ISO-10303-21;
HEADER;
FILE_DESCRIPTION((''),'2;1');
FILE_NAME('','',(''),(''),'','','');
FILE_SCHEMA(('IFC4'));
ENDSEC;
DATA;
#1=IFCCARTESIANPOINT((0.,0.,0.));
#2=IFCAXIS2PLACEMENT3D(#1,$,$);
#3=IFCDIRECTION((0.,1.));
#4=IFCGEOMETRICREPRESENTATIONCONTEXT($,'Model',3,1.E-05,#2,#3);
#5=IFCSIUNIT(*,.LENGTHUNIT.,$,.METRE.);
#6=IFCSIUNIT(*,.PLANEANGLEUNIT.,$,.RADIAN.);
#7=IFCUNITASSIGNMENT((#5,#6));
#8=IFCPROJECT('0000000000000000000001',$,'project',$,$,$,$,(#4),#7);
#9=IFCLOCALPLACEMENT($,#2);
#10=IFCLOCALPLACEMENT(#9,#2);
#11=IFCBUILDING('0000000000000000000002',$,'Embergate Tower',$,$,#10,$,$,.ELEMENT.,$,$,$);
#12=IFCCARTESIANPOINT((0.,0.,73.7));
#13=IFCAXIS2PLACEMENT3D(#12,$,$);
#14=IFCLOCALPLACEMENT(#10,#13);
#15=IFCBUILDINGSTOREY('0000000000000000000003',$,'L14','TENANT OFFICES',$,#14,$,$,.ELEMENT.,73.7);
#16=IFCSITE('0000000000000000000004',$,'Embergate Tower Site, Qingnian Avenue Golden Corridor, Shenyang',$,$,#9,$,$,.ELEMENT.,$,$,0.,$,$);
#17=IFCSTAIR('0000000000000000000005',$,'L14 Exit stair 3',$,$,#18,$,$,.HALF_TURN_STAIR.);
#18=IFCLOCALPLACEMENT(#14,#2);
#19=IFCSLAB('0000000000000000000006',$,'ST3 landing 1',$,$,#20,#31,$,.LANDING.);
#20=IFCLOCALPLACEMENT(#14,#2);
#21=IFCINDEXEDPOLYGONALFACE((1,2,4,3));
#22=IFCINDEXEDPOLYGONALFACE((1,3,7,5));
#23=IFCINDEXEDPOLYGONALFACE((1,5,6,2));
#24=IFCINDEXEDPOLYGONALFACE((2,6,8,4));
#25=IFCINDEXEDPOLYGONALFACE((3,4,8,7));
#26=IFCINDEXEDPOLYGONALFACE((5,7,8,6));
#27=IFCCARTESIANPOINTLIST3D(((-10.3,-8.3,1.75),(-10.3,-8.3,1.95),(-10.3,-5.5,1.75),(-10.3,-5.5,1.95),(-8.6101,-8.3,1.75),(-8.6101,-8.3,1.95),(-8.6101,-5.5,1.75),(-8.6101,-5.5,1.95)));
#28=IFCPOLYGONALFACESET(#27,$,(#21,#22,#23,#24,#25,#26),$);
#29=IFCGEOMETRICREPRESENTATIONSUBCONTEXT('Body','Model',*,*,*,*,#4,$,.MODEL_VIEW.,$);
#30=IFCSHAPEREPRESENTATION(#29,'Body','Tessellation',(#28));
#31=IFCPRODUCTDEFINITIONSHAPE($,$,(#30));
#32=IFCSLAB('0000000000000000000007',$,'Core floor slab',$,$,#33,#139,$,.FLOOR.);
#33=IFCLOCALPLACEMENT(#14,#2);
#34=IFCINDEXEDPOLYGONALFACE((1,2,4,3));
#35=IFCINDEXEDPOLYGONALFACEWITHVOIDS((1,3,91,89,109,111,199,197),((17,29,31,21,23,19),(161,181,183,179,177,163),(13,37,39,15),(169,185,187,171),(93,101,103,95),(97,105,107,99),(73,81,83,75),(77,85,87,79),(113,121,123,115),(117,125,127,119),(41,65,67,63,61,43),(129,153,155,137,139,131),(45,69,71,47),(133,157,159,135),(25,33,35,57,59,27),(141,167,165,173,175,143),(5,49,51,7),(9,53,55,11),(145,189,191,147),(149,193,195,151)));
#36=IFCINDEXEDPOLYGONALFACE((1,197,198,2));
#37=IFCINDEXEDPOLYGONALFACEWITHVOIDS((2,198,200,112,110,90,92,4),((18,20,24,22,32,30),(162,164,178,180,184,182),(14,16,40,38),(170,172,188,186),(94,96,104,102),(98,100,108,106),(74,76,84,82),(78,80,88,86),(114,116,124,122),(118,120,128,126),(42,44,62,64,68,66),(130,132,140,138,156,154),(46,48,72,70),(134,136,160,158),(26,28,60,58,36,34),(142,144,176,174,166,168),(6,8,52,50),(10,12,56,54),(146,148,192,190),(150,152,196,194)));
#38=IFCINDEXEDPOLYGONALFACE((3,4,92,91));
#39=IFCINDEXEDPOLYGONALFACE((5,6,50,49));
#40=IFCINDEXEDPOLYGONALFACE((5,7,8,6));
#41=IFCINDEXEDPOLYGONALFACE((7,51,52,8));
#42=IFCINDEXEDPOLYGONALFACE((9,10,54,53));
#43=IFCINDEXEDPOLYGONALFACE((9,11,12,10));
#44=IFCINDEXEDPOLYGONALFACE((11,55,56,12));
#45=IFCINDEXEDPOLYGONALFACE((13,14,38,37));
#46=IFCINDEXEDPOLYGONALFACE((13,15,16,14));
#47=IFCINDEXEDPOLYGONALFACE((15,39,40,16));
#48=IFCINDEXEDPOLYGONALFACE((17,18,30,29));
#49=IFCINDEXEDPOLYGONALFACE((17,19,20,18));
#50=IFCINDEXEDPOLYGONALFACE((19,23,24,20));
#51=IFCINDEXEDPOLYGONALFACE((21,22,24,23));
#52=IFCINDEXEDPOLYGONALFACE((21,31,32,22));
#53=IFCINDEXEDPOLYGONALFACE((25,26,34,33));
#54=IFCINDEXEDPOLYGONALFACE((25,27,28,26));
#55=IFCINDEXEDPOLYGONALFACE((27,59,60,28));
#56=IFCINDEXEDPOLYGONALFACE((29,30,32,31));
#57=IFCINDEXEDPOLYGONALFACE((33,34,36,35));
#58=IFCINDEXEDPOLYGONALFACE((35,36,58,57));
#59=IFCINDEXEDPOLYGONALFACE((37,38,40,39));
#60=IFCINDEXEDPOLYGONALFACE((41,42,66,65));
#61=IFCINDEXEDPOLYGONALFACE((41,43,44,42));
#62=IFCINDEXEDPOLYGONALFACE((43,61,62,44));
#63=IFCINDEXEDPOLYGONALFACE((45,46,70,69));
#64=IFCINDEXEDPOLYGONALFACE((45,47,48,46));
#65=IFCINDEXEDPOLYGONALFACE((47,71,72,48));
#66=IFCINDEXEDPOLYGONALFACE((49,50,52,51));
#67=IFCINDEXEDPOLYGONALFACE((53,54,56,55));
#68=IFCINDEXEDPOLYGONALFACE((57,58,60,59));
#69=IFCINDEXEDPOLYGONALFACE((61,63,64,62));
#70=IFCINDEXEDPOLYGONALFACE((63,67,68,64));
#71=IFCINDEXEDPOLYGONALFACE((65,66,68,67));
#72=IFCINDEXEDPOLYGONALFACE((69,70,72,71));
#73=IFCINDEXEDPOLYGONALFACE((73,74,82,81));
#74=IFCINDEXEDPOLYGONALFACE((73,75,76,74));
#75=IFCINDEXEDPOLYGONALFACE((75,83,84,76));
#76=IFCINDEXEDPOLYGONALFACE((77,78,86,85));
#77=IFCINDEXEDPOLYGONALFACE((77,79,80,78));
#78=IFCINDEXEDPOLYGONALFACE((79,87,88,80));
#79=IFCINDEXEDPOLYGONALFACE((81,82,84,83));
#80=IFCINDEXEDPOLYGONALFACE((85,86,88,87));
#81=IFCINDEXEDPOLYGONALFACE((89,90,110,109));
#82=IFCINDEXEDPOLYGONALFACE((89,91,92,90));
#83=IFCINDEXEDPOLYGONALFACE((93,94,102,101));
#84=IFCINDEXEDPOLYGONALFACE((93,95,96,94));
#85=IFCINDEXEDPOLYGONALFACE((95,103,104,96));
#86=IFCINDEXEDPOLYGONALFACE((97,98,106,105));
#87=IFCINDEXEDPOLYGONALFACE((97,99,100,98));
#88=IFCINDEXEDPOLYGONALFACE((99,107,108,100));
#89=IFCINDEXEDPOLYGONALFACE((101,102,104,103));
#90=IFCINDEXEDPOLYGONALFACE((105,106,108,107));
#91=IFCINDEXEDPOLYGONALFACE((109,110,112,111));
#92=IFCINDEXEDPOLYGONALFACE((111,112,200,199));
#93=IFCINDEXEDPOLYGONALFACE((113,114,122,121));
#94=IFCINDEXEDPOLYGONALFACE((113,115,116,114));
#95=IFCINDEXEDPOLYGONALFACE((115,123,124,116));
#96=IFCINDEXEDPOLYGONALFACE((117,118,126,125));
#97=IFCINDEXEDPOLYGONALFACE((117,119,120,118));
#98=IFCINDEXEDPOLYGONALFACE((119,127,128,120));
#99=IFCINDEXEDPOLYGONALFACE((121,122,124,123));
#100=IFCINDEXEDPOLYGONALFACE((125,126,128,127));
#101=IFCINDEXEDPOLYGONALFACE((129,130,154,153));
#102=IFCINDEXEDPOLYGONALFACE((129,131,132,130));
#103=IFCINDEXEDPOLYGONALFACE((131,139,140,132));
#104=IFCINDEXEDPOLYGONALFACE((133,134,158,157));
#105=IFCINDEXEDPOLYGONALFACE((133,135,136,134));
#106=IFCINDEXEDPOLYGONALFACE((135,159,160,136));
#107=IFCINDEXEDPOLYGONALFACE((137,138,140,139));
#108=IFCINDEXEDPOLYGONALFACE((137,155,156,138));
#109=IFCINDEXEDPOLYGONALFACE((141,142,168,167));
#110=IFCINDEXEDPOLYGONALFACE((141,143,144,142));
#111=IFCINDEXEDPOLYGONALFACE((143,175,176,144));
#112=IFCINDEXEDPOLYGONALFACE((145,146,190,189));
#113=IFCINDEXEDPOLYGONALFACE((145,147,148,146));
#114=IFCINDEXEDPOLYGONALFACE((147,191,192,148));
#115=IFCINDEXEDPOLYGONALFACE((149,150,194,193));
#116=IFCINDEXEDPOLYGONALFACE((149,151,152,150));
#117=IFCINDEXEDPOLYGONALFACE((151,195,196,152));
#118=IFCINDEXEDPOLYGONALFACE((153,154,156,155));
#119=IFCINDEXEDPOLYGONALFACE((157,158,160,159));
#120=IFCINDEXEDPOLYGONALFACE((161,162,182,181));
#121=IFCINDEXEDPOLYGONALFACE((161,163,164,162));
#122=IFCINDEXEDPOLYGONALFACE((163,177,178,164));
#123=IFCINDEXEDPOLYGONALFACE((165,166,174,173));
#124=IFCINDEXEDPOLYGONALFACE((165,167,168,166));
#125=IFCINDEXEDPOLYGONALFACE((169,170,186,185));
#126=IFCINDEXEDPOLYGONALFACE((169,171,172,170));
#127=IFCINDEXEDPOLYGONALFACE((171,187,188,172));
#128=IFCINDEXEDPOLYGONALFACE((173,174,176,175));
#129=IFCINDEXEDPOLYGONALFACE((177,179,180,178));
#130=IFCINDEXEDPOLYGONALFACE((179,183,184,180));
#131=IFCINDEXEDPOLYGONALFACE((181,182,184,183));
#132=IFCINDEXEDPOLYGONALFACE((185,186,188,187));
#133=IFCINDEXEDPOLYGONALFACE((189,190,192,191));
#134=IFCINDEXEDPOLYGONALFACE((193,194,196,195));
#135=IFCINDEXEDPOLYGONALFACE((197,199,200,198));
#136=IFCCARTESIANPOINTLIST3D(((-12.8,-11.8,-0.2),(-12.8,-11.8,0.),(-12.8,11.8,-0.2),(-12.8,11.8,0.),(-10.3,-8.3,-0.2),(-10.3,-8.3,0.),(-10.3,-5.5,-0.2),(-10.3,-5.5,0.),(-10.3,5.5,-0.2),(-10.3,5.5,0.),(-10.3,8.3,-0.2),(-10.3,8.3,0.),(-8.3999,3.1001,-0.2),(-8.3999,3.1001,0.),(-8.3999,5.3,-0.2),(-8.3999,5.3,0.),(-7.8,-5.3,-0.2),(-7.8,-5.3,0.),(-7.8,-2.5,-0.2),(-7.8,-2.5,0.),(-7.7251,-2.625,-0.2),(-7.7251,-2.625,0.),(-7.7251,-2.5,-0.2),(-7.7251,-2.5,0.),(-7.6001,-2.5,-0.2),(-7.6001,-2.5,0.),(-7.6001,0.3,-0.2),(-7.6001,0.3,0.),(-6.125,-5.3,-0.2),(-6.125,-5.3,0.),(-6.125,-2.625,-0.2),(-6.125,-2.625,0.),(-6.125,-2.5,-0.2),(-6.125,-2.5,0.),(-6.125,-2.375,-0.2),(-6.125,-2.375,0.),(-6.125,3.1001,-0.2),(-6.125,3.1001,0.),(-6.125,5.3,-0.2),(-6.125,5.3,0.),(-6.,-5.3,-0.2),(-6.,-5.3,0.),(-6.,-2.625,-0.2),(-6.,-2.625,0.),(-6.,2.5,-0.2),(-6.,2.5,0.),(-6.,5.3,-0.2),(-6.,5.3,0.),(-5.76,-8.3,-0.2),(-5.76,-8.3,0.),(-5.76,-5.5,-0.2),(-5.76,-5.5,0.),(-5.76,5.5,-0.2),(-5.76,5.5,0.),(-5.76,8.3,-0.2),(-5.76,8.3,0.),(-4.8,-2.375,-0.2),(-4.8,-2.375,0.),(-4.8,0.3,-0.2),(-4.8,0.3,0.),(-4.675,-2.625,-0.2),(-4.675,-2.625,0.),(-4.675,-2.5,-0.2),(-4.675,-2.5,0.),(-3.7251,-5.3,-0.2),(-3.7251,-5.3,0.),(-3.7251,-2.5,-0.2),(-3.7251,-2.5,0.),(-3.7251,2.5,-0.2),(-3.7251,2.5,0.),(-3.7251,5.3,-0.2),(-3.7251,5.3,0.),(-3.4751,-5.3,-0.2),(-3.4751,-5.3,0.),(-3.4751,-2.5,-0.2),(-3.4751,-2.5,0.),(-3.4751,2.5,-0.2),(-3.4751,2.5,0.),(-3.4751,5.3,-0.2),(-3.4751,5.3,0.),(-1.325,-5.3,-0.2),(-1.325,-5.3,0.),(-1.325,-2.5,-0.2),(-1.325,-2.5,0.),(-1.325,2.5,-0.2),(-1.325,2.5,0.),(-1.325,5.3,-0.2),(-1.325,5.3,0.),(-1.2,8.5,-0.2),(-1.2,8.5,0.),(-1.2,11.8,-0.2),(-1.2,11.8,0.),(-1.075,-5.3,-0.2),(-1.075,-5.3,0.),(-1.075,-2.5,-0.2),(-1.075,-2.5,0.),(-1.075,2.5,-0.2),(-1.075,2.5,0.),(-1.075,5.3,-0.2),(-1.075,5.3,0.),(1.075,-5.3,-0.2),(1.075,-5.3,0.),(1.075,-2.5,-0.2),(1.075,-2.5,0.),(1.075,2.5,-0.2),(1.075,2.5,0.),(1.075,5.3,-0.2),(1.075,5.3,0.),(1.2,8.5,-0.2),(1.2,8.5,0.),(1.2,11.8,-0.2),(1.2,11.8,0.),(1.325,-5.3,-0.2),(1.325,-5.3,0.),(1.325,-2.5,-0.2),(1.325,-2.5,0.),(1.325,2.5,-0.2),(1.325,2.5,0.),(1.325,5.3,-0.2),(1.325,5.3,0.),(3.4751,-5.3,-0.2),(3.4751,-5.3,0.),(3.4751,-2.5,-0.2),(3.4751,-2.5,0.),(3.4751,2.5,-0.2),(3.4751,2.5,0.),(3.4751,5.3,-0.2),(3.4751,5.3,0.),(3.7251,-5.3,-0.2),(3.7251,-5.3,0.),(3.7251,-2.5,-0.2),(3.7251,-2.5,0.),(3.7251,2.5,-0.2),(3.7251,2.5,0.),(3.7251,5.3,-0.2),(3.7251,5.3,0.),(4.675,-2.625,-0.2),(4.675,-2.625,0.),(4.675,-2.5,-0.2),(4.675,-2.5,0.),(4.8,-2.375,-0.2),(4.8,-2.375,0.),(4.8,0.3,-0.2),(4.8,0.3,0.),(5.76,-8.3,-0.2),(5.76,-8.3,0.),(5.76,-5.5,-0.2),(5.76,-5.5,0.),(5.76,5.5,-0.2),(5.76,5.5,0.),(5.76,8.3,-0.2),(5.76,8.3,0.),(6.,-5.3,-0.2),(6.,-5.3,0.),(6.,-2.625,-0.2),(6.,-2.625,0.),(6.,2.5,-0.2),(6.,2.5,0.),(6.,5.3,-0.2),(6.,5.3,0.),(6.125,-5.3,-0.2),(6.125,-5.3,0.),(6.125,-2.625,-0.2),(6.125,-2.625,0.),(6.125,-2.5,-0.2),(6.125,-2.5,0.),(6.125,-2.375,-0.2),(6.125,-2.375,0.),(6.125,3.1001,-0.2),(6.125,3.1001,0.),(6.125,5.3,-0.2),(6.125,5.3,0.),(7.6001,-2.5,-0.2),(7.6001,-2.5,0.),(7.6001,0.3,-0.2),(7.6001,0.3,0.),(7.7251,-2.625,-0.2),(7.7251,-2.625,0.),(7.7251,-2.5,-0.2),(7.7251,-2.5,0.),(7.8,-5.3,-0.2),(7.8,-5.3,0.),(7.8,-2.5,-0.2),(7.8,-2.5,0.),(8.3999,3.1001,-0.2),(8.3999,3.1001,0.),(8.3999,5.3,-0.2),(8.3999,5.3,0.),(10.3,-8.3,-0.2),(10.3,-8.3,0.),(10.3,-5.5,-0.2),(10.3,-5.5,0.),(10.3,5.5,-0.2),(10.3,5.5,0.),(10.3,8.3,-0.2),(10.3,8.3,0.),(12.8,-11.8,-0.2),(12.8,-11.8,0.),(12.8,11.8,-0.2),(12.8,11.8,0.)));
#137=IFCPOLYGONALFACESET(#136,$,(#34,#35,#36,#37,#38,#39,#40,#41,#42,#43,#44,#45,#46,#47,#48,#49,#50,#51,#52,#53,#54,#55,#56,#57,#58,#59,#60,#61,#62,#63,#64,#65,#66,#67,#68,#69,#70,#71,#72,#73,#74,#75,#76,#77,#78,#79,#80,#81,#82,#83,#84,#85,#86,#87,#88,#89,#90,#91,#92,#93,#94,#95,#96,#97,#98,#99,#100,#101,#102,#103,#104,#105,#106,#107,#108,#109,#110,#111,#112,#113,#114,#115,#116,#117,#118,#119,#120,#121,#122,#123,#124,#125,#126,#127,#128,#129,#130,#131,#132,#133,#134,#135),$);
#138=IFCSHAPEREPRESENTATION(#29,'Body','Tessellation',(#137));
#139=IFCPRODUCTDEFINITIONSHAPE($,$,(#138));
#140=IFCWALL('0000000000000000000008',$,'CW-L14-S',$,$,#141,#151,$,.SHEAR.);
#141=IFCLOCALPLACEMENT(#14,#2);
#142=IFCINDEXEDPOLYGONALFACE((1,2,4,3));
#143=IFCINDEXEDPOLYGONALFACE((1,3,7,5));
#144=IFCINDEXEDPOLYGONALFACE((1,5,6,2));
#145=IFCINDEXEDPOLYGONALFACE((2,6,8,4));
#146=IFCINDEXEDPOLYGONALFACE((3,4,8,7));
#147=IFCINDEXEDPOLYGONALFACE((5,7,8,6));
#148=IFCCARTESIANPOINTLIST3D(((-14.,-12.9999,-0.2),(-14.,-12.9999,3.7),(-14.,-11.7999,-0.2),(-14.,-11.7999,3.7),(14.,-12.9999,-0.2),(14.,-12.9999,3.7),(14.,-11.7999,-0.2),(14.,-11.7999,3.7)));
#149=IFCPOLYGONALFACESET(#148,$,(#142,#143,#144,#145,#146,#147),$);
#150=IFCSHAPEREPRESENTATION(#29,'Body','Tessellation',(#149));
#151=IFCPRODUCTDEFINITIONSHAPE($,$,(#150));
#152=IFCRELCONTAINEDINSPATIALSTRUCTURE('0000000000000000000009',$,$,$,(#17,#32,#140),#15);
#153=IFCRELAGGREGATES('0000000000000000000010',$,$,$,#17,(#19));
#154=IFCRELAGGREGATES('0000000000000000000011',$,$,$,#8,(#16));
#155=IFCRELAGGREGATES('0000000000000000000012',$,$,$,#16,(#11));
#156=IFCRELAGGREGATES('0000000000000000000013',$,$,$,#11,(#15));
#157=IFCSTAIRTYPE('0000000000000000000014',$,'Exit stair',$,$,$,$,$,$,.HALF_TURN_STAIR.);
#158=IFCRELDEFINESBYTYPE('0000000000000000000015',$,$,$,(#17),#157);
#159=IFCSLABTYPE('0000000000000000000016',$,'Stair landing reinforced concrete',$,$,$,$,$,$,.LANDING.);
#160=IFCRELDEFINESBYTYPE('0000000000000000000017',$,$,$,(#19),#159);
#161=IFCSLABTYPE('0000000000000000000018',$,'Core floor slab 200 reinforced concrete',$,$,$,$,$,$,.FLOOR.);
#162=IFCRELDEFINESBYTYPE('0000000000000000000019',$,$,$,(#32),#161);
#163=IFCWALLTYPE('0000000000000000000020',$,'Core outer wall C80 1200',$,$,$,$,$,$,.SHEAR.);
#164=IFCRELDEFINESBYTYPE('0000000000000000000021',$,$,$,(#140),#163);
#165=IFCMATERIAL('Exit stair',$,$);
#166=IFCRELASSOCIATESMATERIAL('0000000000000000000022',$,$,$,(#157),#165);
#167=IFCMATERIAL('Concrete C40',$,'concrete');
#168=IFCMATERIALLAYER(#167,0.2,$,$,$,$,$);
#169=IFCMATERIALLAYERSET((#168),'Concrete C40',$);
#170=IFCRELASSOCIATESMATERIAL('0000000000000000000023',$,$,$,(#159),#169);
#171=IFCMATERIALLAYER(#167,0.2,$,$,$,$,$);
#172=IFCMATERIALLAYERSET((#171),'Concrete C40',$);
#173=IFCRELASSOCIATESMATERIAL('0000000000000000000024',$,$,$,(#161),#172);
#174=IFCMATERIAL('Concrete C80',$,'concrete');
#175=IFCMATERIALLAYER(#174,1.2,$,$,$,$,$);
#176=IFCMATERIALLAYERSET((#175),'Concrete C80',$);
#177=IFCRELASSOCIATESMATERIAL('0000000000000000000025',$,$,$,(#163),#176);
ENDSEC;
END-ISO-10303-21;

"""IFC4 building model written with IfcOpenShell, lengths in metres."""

from ifc_helpers import new_model, si_unit, direction, frame, frame_2d, origin, place, context, subcontext, project, spatial, polyline, rectangle, outline, extrude, source, transform, mapped, material, layer, layer_set, type_object, element, aggregate, save


model = new_model("IFC4")

# Units and contexts
model_context = context("Model", 3, precision=1e-05, world=origin(), true_north=direction((0.0, 1.0)))
body_context = subcontext(model_context, "Body", "Model", "MODEL_VIEW")
ifc_project = project(units=[si_unit("LENGTHUNIT", "METRE"), si_unit("PLANEANGLEUNIT", "RADIAN")], contexts=[model_context])

# Site, building, storey
site_placement = place(None, origin())
site = spatial("IfcSite", under=ifc_project, at=site_placement, Name="Embergate Tower Site, Qingnian Avenue Golden Corridor, Shenyang", CompositionType="ELEMENT", RefElevation=0.0)
building_placement = place(site_placement, origin())
building = spatial("IfcBuilding", under=site, at=building_placement, Name="Embergate Tower", CompositionType="ELEMENT")
storey_placement = place(building_placement, frame((0.0, 0.0, 73.7)))
storey = spatial("IfcBuildingStorey", under=building, at=storey_placement, Name="L14", Description="TENANT OFFICES", CompositionType="ELEMENT", Elevation=73.7)

# Stair, slab
ifc_material_1 = material(Name="Exit stair")
stair_type = type_object("IfcStairType", Name="Exit stair", PredefinedType="HALF_TURN_STAIR", material=ifc_material_1)
stair_placement = place(storey_placement, origin())
stair = element("IfcStair", 1, at=stair_placement, inside=storey, type_object=stair_type, Name="L14 Exit stair 3", PredefinedType="HALF_TURN_STAIR")
ifc_material_2 = material(Name="Concrete C40", Category="concrete")
ifc_layer_1 = layer(ifc_material_2, 0.2)
ifc_layer_set_1 = layer_set([ifc_layer_1], Name="Concrete C40")
slab_type_1 = type_object("IfcSlabType", Name="Stair landing reinforced concrete", PredefinedType="LANDING", material=ifc_layer_set_1)
shared_shape_1 = source(origin(), body_context, "Body", "SweptSolid", [
    extrude(outline(polyline([(0.0, 0.0), (1.6899, 0.0), (1.6899, 2.8), (0.0, 2.8), (0.0, 0.0)])), origin(), (0.0, 0.0, 1.0), 0.2),
])
slab_1_placement = place(storey_placement, frame((-10.3, -8.3, 1.75)))
slab_1 = element("IfcSlab", 2, at=slab_1_placement, type_object=slab_type_1, Name="ST3 landing 1", PredefinedType="LANDING", context=body_context, shape_type="MappedRepresentation", body=[
    mapped(shared_shape_1, transform((0.0, 0.0, 0.0))),
])

# Slab
ifc_layer_2 = layer(ifc_material_2, 0.2)
ifc_layer_set_2 = layer_set([ifc_layer_2], Name="Concrete C40")
slab_type_2 = type_object("IfcSlabType", Name="Core floor slab 200 reinforced concrete", PredefinedType="FLOOR", material=ifc_layer_set_2)
shared_shape_2 = source(origin(), body_context, "Body", "SweptSolid", [
    extrude(outline(polyline([(0.0, 0.0), (25.6001, 0.0), (25.6001, 23.6001), (14.0, 23.6001), (14.0, 20.3), (11.6001, 20.3), (11.6001, 23.6001), (0.0, 23.6001), (0.0, 0.0)]), holes=[polyline([(2.5, 3.5), (2.5, 6.3), (7.04, 6.3), (7.04, 3.5), (2.5, 3.5)]), polyline([(18.5601, 3.5), (18.5601, 6.3), (23.1001, 6.3), (23.1001, 3.5), (18.5601, 3.5)]), polyline([(5.0, 6.5), (5.0, 9.3), (5.075, 9.3), (5.075, 9.175), (6.675, 9.175), (6.675, 6.5), (5.0, 6.5)]), polyline([(6.8, 6.5), (6.8, 9.175), (8.125, 9.175), (8.125, 9.3), (9.075, 9.3), (9.075, 6.5), (6.8, 6.5)]), polyline([(9.325, 6.5), (9.325, 9.3), (11.4751, 9.3), (11.4751, 6.5), (9.325, 6.5)]), polyline([(11.7251, 6.5), (11.7251, 9.3), (13.875, 9.3), (13.875, 6.5), (11.7251, 6.5)]), polyline([(14.125, 6.5), (14.125, 9.3), (16.2751, 9.3), (16.2751, 6.5), (14.125, 6.5)]), polyline([(16.5251, 6.5), (16.5251, 9.3), (17.4751, 9.3), (17.4751, 9.175), (18.8, 9.175), (18.8, 6.5), (16.5251, 6.5)]), polyline([(18.925, 6.5), (18.925, 9.175), (20.5251, 9.175), (20.5251, 9.3), (20.6001, 9.3), (20.6001, 6.5), (18.925, 6.5)]), polyline([(5.2, 9.3), (5.2, 12.1001), (8.0, 12.1001), (8.0, 9.425), (6.675, 9.425), (6.675, 9.3), (5.2, 9.3)]), polyline([(18.925, 9.3), (18.925, 9.425), (17.6001, 9.425), (17.6001, 12.1001), (20.4001, 12.1001), (20.4001, 9.3), (18.925, 9.3)]), polyline([(6.8, 14.3), (6.8, 17.1001), (9.075, 17.1001), (9.075, 14.3), (6.8, 14.3)]), polyline([(9.325, 14.3), (9.325, 17.1001), (11.4751, 17.1001), (11.4751, 14.3), (9.325, 14.3)]), polyline([(11.7251, 14.3), (11.7251, 17.1001), (13.875, 17.1001), (13.875, 14.3), (11.7251, 14.3)]), polyline([(14.125, 14.3), (14.125, 17.1001), (16.2751, 17.1001), (16.2751, 14.3), (14.125, 14.3)]), polyline([(16.5251, 14.3), (16.5251, 17.1001), (18.8, 17.1001), (18.8, 14.3), (16.5251, 14.3)]), polyline([(4.4001, 14.9001), (4.4001, 17.1001), (6.675, 17.1001), (6.675, 14.9001), (4.4001, 14.9001)]), polyline([(18.925, 14.9001), (18.925, 17.1001), (21.2, 17.1001), (21.2, 14.9001), (18.925, 14.9001)]), polyline([(2.5, 17.3), (2.5, 20.1001), (7.04, 20.1001), (7.04, 17.3), (2.5, 17.3)]), polyline([(18.5601, 17.3), (18.5601, 20.1001), (23.1001, 20.1001), (23.1001, 17.3), (18.5601, 17.3)])]), origin(), (0.0, 0.0, 1.0), 0.2),
])
slab_2_placement = place(storey_placement, frame((-12.8, -11.8, -0.2)))
element("IfcSlab", 3, at=slab_2_placement, inside=storey, type_object=slab_type_2, Name="Core floor slab", PredefinedType="FLOOR", context=body_context, shape_type="MappedRepresentation", body=[
    mapped(shared_shape_2, transform((0.0, 0.0, 0.0))),
])

# Wall
ifc_material_3 = material(Name="Concrete C80", Category="concrete")
ifc_layer_3 = layer(ifc_material_3, 1.2)
ifc_layer_set_3 = layer_set([ifc_layer_3], Name="Concrete C80")
wall_type_1 = type_object("IfcWallType", Name="Core outer wall C80 1200", PredefinedType="SHEAR", material=ifc_layer_set_3)
shared_shape_3 = source(origin(), body_context, "Body", "SweptSolid", [
    extrude(rectangle(XDim=28.0, YDim=1.2, at=frame_2d((14.0, 0.0))), origin(), (0.0, 0.0, 1.0), 3.8999),
])
wall_1_placement = place(storey_placement, frame((-14.0, -12.3999, -0.2), z_axis=(0.0, 0.0, 1.0), x_axis=(1.0, 0.0, 0.0)))
element("IfcWall", 4, at=wall_1_placement, inside=storey, type_object=wall_type_1, Name="CW-L14-S", PredefinedType="SHEAR", context=body_context, shape_type="MappedRepresentation", body=[
    mapped(shared_shape_3, transform((0.0, 0.0, 0.0))),
])

aggregate(stair, [slab_1])

save(model, "model.ifc")
